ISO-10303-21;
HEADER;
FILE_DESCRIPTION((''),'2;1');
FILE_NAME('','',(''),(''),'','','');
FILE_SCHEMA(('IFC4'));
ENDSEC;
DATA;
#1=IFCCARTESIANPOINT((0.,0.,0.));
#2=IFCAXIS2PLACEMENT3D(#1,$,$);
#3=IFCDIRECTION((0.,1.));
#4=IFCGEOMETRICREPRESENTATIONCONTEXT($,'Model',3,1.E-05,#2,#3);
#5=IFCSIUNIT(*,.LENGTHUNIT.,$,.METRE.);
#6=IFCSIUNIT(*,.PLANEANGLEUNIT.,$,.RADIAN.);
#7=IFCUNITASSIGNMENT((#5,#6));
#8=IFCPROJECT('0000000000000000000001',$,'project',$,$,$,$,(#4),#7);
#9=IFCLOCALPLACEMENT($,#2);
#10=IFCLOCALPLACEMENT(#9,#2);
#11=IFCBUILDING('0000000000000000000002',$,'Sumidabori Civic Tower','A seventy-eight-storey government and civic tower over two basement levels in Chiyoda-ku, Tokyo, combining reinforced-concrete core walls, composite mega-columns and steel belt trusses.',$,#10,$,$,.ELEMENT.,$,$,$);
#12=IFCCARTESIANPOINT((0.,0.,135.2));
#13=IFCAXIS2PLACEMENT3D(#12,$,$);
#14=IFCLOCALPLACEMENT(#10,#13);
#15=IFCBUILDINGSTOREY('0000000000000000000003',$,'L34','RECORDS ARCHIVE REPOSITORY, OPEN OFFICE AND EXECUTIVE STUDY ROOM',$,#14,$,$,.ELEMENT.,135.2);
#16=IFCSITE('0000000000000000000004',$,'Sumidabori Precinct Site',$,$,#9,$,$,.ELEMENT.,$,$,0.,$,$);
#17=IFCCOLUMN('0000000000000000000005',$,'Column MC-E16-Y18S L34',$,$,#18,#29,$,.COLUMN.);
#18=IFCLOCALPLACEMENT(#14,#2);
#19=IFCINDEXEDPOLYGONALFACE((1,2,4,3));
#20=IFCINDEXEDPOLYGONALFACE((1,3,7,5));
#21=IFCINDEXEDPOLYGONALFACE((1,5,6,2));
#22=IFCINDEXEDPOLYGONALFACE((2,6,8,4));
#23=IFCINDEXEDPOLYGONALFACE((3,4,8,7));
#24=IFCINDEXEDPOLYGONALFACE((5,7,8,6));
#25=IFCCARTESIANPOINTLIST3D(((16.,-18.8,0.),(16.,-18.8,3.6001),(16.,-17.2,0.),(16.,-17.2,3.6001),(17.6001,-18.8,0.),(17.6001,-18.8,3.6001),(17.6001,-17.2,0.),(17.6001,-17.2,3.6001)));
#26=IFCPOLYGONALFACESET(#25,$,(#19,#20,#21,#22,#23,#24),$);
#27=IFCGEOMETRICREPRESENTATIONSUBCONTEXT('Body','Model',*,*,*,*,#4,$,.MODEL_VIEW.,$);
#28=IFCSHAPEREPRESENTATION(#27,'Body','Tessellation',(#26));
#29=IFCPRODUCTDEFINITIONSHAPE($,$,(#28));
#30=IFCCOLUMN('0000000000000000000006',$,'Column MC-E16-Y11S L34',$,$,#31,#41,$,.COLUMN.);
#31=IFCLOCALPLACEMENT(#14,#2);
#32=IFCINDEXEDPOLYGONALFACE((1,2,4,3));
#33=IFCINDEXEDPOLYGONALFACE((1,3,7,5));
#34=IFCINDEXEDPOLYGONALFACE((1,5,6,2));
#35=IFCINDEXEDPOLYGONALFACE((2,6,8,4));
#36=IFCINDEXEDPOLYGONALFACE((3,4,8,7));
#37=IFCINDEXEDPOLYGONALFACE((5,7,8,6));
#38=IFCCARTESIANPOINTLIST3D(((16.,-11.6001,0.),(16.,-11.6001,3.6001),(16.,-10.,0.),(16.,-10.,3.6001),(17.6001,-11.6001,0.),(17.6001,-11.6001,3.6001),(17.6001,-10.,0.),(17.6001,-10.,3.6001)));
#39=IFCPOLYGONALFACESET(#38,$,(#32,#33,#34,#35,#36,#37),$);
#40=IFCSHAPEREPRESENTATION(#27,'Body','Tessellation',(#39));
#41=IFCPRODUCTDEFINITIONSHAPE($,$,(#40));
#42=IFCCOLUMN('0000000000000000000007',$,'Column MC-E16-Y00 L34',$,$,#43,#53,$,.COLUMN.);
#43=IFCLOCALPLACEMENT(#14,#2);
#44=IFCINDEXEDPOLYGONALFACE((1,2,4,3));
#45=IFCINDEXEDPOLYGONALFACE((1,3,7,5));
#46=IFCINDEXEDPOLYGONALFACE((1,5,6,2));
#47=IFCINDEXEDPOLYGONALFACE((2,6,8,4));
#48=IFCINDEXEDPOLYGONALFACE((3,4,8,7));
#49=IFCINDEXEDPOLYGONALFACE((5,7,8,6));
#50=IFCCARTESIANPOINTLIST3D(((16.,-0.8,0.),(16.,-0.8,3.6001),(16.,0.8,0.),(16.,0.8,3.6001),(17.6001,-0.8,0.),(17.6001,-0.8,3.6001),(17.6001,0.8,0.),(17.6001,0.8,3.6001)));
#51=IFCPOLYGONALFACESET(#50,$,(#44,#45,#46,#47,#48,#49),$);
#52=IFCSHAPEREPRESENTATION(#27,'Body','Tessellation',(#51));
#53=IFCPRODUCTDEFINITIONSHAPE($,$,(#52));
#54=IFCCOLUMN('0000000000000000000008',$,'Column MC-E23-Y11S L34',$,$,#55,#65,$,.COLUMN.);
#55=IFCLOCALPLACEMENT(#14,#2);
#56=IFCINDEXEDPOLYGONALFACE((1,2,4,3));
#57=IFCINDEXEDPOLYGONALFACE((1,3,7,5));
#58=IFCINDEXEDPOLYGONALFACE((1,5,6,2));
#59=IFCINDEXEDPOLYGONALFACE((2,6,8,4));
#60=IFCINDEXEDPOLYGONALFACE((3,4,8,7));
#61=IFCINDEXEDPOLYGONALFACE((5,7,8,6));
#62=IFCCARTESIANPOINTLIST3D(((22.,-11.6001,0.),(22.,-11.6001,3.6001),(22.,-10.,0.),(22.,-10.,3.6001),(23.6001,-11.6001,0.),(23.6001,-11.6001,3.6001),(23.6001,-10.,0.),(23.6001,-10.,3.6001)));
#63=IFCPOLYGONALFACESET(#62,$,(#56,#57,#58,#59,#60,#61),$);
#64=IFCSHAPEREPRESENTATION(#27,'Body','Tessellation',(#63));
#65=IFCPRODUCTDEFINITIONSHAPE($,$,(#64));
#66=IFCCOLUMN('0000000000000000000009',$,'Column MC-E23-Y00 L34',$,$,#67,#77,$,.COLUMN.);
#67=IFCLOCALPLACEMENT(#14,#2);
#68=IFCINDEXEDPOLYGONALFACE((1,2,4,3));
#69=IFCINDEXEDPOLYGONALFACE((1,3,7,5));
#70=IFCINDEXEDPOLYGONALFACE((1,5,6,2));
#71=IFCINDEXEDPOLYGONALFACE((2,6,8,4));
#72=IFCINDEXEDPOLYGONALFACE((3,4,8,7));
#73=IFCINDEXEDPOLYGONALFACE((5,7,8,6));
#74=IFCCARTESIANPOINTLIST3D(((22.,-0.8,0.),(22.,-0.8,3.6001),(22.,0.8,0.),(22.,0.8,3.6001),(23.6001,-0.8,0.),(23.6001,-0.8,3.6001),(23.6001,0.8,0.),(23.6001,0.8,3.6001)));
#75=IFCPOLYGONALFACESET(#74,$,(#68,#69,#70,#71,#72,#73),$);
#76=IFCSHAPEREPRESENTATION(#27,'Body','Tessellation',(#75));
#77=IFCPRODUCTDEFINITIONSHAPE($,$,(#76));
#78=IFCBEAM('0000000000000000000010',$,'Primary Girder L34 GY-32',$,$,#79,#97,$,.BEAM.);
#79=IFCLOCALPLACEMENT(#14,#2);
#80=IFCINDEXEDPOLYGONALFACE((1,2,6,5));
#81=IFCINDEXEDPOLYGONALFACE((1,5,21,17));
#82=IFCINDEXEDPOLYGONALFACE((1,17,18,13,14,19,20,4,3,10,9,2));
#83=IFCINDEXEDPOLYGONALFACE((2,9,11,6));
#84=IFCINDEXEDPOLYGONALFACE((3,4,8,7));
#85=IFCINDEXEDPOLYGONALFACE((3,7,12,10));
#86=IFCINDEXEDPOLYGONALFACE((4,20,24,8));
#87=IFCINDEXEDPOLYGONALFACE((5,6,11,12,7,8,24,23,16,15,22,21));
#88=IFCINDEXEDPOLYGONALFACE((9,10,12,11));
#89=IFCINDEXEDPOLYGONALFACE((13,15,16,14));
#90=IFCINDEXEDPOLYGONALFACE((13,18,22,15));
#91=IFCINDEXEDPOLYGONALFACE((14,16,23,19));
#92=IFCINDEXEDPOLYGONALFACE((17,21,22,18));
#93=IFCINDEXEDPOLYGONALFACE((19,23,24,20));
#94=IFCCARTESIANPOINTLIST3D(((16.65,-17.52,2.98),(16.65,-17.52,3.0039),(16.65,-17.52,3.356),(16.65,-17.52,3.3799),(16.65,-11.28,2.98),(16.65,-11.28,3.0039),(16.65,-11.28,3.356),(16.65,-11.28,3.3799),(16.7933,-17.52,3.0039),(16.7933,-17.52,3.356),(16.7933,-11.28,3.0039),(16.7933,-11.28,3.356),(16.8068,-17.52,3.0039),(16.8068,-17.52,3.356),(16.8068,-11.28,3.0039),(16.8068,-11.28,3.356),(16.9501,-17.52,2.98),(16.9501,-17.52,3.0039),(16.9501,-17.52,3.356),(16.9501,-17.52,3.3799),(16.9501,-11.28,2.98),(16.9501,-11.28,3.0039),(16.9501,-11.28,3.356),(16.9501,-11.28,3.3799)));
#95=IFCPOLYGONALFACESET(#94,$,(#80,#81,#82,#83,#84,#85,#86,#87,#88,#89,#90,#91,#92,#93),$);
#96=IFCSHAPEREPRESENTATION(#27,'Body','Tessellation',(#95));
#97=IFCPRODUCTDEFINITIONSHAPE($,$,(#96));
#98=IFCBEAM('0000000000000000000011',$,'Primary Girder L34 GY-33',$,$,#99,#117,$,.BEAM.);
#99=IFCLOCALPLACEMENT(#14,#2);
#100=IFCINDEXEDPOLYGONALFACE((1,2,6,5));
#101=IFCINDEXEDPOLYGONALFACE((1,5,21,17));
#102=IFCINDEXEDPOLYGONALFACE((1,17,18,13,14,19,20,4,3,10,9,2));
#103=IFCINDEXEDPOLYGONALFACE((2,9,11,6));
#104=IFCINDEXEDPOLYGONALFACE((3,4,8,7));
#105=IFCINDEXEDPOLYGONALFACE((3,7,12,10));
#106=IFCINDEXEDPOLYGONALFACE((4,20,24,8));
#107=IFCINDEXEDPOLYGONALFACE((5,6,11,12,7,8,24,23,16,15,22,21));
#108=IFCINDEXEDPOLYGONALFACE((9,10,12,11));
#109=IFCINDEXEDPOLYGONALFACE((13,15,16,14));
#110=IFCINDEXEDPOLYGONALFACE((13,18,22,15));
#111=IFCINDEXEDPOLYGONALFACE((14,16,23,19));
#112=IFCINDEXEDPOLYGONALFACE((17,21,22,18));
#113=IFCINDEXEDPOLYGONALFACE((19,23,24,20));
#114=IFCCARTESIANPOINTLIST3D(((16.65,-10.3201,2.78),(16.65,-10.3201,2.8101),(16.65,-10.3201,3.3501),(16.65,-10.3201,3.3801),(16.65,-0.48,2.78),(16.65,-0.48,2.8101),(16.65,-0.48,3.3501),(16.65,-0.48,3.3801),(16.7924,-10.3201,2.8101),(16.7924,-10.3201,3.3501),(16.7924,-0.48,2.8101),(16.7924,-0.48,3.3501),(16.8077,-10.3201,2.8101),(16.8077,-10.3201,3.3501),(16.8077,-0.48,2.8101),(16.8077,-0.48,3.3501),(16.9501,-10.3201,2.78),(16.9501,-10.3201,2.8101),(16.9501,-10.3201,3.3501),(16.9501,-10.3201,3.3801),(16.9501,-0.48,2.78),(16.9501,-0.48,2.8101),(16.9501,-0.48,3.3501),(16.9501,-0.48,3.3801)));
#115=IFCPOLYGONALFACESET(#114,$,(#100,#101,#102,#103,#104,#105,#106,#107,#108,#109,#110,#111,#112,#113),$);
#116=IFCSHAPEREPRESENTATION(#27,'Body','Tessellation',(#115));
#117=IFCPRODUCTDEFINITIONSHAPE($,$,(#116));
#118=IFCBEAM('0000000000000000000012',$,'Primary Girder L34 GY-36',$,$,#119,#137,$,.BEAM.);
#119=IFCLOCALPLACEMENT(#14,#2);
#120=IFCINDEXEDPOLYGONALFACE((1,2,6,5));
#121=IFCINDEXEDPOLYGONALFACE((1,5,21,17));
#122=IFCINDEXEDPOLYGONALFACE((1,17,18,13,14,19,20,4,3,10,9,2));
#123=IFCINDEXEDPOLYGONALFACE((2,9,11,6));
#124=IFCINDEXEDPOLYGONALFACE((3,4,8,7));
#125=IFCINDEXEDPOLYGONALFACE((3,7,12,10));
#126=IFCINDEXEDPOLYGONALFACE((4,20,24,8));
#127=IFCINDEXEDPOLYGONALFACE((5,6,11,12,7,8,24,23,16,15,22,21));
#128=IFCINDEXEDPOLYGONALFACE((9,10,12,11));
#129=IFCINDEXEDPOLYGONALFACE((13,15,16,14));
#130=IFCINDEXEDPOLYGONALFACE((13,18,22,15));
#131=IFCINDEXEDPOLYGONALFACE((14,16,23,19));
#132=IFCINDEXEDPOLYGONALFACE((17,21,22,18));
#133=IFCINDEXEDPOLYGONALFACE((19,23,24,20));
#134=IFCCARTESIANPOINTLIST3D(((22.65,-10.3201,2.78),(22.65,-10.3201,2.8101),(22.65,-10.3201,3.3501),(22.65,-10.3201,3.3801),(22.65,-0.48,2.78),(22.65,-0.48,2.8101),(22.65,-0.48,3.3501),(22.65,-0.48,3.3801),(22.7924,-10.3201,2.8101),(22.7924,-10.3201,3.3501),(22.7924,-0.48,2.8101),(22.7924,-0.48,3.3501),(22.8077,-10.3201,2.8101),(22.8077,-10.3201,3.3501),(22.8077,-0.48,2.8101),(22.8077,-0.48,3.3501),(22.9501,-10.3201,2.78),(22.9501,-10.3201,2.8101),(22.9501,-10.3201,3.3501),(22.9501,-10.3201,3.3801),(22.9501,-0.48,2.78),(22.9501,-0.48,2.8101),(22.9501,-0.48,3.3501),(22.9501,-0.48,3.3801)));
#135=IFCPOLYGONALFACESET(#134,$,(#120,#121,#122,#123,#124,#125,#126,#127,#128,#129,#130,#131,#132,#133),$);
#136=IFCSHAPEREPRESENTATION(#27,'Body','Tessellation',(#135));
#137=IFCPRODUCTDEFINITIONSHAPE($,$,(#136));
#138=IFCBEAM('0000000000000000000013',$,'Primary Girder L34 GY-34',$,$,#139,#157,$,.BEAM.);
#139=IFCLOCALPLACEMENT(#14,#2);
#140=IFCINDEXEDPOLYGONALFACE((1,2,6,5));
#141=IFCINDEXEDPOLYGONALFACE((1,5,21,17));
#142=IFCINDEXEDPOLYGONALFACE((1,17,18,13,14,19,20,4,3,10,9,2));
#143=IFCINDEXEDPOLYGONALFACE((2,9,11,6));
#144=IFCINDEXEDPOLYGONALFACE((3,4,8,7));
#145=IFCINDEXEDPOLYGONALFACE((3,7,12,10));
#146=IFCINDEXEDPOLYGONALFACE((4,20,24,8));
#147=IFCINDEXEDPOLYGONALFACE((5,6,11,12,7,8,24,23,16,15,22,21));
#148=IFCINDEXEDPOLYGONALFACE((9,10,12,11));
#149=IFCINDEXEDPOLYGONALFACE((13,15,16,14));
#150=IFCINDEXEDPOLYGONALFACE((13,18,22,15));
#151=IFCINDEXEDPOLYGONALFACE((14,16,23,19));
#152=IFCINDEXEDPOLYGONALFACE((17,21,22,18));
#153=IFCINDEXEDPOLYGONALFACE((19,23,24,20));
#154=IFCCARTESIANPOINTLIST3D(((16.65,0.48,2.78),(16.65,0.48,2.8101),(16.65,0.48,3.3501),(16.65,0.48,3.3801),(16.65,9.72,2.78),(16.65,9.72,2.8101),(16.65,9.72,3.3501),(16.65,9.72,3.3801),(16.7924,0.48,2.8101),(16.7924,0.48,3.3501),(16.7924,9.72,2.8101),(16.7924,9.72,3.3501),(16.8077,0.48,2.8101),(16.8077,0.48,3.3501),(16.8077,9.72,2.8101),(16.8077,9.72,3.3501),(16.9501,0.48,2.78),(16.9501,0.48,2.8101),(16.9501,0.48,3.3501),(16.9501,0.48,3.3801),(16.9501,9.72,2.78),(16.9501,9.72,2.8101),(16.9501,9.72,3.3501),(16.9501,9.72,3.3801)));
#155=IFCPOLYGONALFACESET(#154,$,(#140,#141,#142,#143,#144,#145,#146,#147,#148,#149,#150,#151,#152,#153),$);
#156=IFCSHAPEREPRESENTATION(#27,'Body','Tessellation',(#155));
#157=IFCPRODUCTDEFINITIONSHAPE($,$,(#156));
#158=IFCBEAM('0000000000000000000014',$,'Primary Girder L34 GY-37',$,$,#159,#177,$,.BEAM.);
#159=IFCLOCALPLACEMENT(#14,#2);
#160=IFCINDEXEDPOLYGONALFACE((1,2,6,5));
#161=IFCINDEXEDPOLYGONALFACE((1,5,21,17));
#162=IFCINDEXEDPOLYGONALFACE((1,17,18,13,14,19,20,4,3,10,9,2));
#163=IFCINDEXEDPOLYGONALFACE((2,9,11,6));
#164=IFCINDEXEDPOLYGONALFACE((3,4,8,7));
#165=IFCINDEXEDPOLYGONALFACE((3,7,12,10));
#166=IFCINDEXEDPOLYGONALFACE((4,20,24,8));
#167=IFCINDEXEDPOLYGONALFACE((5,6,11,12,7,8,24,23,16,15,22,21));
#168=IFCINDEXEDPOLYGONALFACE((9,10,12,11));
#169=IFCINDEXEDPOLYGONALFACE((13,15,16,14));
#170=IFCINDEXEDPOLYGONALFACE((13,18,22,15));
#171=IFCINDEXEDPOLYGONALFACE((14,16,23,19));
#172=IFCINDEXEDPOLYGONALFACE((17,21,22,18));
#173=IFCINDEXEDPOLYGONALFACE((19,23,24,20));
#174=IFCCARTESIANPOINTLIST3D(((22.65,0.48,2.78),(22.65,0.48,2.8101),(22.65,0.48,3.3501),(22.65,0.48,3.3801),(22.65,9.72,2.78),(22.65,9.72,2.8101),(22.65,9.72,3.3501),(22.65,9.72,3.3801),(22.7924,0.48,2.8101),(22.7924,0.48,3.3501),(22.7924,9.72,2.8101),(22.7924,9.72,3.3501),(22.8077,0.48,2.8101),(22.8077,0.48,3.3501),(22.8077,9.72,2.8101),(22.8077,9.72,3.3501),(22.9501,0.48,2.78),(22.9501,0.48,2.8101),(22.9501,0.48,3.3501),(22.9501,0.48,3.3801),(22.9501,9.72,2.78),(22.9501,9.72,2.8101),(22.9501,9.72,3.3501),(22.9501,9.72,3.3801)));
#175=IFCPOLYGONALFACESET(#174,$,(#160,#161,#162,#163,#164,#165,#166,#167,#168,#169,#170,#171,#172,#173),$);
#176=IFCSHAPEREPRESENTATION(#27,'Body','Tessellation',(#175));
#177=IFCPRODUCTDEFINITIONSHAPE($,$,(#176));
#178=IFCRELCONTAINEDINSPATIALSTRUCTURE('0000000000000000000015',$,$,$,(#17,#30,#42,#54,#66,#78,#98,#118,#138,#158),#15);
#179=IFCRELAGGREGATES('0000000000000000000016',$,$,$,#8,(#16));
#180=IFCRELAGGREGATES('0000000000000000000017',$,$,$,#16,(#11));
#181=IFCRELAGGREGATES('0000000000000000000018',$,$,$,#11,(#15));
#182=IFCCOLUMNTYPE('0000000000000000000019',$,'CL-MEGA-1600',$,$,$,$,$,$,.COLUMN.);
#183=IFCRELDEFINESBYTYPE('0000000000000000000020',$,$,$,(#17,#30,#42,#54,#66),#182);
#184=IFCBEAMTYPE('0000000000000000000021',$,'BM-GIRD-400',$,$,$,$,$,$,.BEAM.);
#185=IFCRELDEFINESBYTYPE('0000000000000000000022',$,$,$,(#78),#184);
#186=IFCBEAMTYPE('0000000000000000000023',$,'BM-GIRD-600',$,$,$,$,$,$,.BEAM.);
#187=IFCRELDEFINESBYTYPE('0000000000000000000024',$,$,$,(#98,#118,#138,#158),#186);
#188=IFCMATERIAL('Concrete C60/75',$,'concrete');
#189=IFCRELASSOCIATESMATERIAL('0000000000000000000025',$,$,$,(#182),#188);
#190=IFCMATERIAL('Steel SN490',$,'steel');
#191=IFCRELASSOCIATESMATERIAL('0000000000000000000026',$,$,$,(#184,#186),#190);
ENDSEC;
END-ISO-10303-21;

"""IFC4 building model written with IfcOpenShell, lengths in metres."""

from ifc_helpers import new_model, si_unit, direction, frame, origin, origin_2d, place, context, subcontext, project, spatial, rectangle, i_section, extrude, source, transform, mapped, material, material_profile, profile_set, type_object, element, save


model = new_model("IFC4")

# Units and contexts
model_context = context("Model", 3, precision=1e-05, world=origin(), true_north=direction((0.0, 1.0)))
body_context = subcontext(model_context, "Body", "Model", "MODEL_VIEW")
ifc_project = project(units=[si_unit("LENGTHUNIT", "METRE"), si_unit("PLANEANGLEUNIT", "RADIAN")], contexts=[model_context])

# Site, building, storey
site_placement = place(None, origin())
site = spatial("IfcSite", under=ifc_project, at=site_placement, Name="Sumidabori Precinct Site", CompositionType="ELEMENT", RefElevation=0.0)
building_placement = place(site_placement, origin())
building = spatial("IfcBuilding", under=site, at=building_placement, Name="Sumidabori Civic Tower", Description="A seventy-eight-storey government and civic tower over two basement levels in Chiyoda-ku, Tokyo, combining reinforced-concrete core walls, composite mega-columns and steel belt trusses.", CompositionType="ELEMENT")
storey_placement = place(building_placement, frame((0.0, 0.0, 135.2)))
storey = spatial("IfcBuildingStorey", under=building, at=storey_placement, Name="L34", Description="RECORDS ARCHIVE REPOSITORY, OPEN OFFICE AND EXECUTIVE STUDY ROOM", CompositionType="ELEMENT", Elevation=135.2)

# Columns
ifc_material_1 = material(Name="Concrete C60/75", Category="concrete")
ifc_material_profile_1 = material_profile(ifc_material_1, rectangle(XDim=1.6001, YDim=1.6001, at=origin_2d()), Name="RC 1600x1600")
ifc_profile_set_1 = profile_set([ifc_material_profile_1], Name="Concrete C60/75")
column_type = type_object("IfcColumnType", Name="CL-MEGA-1600", PredefinedType="COLUMN", material=ifc_profile_set_1)
shared_shape_1 = source(origin(), body_context, "Body", "SweptSolid", [
    extrude(rectangle(XDim=1.6001, YDim=1.6001, at=origin_2d()), origin(), (0.0, 0.0, 1.0), 3.6001),
])
for number, where, z_axis, x_axis, name in (
    (1, (16.8, -18.0, 0.0), (0.0, 0.0, 1.0), (1.0, 0.0, 0.0), "Column MC-E16-Y18S L34"),
    (2, (16.8, -10.8, 0.0), (0.0, 0.0, 1.0), (1.0, 0.0, 0.0), "Column MC-E16-Y11S L34"),
    (3, (16.8, 0.0, 0.0), (0.0, 0.0, 1.0), (1.0, 0.0, 0.0), "Column MC-E16-Y00 L34"),
    (4, (22.8, -10.8, 0.0), (0.0, 0.0, 1.0), (1.0, 0.0, 0.0), "Column MC-E23-Y11S L34"),
    (5, (22.8, 0.0, 0.0), (0.0, 0.0, 1.0), (1.0, 0.0, 0.0), "Column MC-E23-Y00 L34"),
):
    element("IfcColumn", number, at=place(storey_placement, frame(where, z_axis=z_axis, x_axis=x_axis)), inside=storey, type_object=column_type, Name=name, PredefinedType="COLUMN", context=body_context, shape_type="MappedRepresentation", body=[
        mapped(shared_shape_1, transform((0.0, 0.0, 0.0), x_axis=(1.0, 0.0, 0.0), y_axis=(0.0, 1.0, 0.0), z_axis=(0.0, 0.0, 1.0), scale=1.0)),
    ])

# Beams
ifc_material_2 = material(Name="Steel SN490", Category="steel")
ifc_material_profile_2 = material_profile(ifc_material_2, i_section(OverallWidth=0.3, OverallDepth=0.3999, WebThickness=0.0134, FlangeThickness=0.0239, at=origin_2d()), Name="HE 400 B")
ifc_profile_set_2 = profile_set([ifc_material_profile_2], Name="Steel SN490")
beam_type_1 = type_object("IfcBeamType", Name="BM-GIRD-400", PredefinedType="BEAM", material=ifc_profile_set_2)
shared_shape_2 = source(origin(), body_context, "Body", "SweptSolid", [
    extrude(i_section(OverallWidth=0.3, OverallDepth=0.3999, WebThickness=0.0134, FlangeThickness=0.0239, at=origin_2d()), origin(), (0.0, 0.0, 1.0), 6.24),
])
beam_placement = place(storey_placement, frame((16.8, -17.52, 3.1799), z_axis=(0.0, 1.0, 0.0), x_axis=(-1.0, 0.0, 0.0)))
element("IfcBeam", 6, at=beam_placement, inside=storey, type_object=beam_type_1, Name="Primary Girder L34 GY-32", PredefinedType="BEAM", context=body_context, shape_type="MappedRepresentation", body=[
    mapped(shared_shape_2, transform((0.0, 0.0, 0.0), x_axis=(1.0, 0.0, 0.0), y_axis=(0.0, 1.0, 0.0), z_axis=(0.0, 0.0, 1.0), scale=1.0)),
])
ifc_material_profile_3 = material_profile(ifc_material_2, i_section(OverallWidth=0.3, OverallDepth=0.6001, WebThickness=0.0154, FlangeThickness=0.03, at=origin_2d()), Name="HE 600 B")
ifc_profile_set_3 = profile_set([ifc_material_profile_3], Name="Steel SN490")
beam_type_2 = type_object("IfcBeamType", Name="BM-GIRD-600", PredefinedType="BEAM", material=ifc_profile_set_3)
shared_shape_3 = source(origin(), body_context, "Body", "SweptSolid", [
    extrude(i_section(OverallWidth=0.3, OverallDepth=0.6001, WebThickness=0.0154, FlangeThickness=0.03, at=origin_2d()), origin(), (0.0, 0.0, 1.0), 9.8401),
])
for number, where, z_axis, x_axis, name in (
    (7, (16.8, -10.3201, 3.0801), (0.0, 1.0, 0.0), (-1.0, 0.0, 0.0), "Primary Girder L34 GY-33"),
    (8, (22.8, -10.3201, 3.0801), (0.0, 1.0, 0.0), (-1.0, 0.0, 0.0), "Primary Girder L34 GY-36"),
):
    element("IfcBeam", number, at=place(storey_placement, frame(where, z_axis=z_axis, x_axis=x_axis)), inside=storey, type_object=beam_type_2, Name=name, PredefinedType="BEAM", context=body_context, shape_type="MappedRepresentation", body=[
        mapped(shared_shape_3, transform((0.0, 0.0, 0.0), x_axis=(1.0, 0.0, 0.0), y_axis=(0.0, 1.0, 0.0), z_axis=(0.0, 0.0, 1.0), scale=1.0)),
    ])
shared_shape_4 = source(origin(), body_context, "Body", "SweptSolid", [
    extrude(i_section(OverallWidth=0.3, OverallDepth=0.6001, WebThickness=0.0154, FlangeThickness=0.03, at=origin_2d()), origin(), (0.0, 0.0, 1.0), 9.24),
])
for number, where, z_axis, x_axis, name in (
    (9, (16.8, 0.48, 3.0801), (0.0, 1.0, 0.0), (-1.0, 0.0, 0.0), "Primary Girder L34 GY-34"),
    (10, (22.8, 0.48, 3.0801), (0.0, 1.0, 0.0), (-1.0, 0.0, 0.0), "Primary Girder L34 GY-37"),
):
    element("IfcBeam", number, at=place(storey_placement, frame(where, z_axis=z_axis, x_axis=x_axis)), inside=storey, type_object=beam_type_2, Name=name, PredefinedType="BEAM", context=body_context, shape_type="MappedRepresentation", body=[
        mapped(shared_shape_4, transform((0.0, 0.0, 0.0), x_axis=(1.0, 0.0, 0.0), y_axis=(0.0, 1.0, 0.0), z_axis=(0.0, 0.0, 1.0), scale=1.0)),
    ])

save(model, "model.ifc")
